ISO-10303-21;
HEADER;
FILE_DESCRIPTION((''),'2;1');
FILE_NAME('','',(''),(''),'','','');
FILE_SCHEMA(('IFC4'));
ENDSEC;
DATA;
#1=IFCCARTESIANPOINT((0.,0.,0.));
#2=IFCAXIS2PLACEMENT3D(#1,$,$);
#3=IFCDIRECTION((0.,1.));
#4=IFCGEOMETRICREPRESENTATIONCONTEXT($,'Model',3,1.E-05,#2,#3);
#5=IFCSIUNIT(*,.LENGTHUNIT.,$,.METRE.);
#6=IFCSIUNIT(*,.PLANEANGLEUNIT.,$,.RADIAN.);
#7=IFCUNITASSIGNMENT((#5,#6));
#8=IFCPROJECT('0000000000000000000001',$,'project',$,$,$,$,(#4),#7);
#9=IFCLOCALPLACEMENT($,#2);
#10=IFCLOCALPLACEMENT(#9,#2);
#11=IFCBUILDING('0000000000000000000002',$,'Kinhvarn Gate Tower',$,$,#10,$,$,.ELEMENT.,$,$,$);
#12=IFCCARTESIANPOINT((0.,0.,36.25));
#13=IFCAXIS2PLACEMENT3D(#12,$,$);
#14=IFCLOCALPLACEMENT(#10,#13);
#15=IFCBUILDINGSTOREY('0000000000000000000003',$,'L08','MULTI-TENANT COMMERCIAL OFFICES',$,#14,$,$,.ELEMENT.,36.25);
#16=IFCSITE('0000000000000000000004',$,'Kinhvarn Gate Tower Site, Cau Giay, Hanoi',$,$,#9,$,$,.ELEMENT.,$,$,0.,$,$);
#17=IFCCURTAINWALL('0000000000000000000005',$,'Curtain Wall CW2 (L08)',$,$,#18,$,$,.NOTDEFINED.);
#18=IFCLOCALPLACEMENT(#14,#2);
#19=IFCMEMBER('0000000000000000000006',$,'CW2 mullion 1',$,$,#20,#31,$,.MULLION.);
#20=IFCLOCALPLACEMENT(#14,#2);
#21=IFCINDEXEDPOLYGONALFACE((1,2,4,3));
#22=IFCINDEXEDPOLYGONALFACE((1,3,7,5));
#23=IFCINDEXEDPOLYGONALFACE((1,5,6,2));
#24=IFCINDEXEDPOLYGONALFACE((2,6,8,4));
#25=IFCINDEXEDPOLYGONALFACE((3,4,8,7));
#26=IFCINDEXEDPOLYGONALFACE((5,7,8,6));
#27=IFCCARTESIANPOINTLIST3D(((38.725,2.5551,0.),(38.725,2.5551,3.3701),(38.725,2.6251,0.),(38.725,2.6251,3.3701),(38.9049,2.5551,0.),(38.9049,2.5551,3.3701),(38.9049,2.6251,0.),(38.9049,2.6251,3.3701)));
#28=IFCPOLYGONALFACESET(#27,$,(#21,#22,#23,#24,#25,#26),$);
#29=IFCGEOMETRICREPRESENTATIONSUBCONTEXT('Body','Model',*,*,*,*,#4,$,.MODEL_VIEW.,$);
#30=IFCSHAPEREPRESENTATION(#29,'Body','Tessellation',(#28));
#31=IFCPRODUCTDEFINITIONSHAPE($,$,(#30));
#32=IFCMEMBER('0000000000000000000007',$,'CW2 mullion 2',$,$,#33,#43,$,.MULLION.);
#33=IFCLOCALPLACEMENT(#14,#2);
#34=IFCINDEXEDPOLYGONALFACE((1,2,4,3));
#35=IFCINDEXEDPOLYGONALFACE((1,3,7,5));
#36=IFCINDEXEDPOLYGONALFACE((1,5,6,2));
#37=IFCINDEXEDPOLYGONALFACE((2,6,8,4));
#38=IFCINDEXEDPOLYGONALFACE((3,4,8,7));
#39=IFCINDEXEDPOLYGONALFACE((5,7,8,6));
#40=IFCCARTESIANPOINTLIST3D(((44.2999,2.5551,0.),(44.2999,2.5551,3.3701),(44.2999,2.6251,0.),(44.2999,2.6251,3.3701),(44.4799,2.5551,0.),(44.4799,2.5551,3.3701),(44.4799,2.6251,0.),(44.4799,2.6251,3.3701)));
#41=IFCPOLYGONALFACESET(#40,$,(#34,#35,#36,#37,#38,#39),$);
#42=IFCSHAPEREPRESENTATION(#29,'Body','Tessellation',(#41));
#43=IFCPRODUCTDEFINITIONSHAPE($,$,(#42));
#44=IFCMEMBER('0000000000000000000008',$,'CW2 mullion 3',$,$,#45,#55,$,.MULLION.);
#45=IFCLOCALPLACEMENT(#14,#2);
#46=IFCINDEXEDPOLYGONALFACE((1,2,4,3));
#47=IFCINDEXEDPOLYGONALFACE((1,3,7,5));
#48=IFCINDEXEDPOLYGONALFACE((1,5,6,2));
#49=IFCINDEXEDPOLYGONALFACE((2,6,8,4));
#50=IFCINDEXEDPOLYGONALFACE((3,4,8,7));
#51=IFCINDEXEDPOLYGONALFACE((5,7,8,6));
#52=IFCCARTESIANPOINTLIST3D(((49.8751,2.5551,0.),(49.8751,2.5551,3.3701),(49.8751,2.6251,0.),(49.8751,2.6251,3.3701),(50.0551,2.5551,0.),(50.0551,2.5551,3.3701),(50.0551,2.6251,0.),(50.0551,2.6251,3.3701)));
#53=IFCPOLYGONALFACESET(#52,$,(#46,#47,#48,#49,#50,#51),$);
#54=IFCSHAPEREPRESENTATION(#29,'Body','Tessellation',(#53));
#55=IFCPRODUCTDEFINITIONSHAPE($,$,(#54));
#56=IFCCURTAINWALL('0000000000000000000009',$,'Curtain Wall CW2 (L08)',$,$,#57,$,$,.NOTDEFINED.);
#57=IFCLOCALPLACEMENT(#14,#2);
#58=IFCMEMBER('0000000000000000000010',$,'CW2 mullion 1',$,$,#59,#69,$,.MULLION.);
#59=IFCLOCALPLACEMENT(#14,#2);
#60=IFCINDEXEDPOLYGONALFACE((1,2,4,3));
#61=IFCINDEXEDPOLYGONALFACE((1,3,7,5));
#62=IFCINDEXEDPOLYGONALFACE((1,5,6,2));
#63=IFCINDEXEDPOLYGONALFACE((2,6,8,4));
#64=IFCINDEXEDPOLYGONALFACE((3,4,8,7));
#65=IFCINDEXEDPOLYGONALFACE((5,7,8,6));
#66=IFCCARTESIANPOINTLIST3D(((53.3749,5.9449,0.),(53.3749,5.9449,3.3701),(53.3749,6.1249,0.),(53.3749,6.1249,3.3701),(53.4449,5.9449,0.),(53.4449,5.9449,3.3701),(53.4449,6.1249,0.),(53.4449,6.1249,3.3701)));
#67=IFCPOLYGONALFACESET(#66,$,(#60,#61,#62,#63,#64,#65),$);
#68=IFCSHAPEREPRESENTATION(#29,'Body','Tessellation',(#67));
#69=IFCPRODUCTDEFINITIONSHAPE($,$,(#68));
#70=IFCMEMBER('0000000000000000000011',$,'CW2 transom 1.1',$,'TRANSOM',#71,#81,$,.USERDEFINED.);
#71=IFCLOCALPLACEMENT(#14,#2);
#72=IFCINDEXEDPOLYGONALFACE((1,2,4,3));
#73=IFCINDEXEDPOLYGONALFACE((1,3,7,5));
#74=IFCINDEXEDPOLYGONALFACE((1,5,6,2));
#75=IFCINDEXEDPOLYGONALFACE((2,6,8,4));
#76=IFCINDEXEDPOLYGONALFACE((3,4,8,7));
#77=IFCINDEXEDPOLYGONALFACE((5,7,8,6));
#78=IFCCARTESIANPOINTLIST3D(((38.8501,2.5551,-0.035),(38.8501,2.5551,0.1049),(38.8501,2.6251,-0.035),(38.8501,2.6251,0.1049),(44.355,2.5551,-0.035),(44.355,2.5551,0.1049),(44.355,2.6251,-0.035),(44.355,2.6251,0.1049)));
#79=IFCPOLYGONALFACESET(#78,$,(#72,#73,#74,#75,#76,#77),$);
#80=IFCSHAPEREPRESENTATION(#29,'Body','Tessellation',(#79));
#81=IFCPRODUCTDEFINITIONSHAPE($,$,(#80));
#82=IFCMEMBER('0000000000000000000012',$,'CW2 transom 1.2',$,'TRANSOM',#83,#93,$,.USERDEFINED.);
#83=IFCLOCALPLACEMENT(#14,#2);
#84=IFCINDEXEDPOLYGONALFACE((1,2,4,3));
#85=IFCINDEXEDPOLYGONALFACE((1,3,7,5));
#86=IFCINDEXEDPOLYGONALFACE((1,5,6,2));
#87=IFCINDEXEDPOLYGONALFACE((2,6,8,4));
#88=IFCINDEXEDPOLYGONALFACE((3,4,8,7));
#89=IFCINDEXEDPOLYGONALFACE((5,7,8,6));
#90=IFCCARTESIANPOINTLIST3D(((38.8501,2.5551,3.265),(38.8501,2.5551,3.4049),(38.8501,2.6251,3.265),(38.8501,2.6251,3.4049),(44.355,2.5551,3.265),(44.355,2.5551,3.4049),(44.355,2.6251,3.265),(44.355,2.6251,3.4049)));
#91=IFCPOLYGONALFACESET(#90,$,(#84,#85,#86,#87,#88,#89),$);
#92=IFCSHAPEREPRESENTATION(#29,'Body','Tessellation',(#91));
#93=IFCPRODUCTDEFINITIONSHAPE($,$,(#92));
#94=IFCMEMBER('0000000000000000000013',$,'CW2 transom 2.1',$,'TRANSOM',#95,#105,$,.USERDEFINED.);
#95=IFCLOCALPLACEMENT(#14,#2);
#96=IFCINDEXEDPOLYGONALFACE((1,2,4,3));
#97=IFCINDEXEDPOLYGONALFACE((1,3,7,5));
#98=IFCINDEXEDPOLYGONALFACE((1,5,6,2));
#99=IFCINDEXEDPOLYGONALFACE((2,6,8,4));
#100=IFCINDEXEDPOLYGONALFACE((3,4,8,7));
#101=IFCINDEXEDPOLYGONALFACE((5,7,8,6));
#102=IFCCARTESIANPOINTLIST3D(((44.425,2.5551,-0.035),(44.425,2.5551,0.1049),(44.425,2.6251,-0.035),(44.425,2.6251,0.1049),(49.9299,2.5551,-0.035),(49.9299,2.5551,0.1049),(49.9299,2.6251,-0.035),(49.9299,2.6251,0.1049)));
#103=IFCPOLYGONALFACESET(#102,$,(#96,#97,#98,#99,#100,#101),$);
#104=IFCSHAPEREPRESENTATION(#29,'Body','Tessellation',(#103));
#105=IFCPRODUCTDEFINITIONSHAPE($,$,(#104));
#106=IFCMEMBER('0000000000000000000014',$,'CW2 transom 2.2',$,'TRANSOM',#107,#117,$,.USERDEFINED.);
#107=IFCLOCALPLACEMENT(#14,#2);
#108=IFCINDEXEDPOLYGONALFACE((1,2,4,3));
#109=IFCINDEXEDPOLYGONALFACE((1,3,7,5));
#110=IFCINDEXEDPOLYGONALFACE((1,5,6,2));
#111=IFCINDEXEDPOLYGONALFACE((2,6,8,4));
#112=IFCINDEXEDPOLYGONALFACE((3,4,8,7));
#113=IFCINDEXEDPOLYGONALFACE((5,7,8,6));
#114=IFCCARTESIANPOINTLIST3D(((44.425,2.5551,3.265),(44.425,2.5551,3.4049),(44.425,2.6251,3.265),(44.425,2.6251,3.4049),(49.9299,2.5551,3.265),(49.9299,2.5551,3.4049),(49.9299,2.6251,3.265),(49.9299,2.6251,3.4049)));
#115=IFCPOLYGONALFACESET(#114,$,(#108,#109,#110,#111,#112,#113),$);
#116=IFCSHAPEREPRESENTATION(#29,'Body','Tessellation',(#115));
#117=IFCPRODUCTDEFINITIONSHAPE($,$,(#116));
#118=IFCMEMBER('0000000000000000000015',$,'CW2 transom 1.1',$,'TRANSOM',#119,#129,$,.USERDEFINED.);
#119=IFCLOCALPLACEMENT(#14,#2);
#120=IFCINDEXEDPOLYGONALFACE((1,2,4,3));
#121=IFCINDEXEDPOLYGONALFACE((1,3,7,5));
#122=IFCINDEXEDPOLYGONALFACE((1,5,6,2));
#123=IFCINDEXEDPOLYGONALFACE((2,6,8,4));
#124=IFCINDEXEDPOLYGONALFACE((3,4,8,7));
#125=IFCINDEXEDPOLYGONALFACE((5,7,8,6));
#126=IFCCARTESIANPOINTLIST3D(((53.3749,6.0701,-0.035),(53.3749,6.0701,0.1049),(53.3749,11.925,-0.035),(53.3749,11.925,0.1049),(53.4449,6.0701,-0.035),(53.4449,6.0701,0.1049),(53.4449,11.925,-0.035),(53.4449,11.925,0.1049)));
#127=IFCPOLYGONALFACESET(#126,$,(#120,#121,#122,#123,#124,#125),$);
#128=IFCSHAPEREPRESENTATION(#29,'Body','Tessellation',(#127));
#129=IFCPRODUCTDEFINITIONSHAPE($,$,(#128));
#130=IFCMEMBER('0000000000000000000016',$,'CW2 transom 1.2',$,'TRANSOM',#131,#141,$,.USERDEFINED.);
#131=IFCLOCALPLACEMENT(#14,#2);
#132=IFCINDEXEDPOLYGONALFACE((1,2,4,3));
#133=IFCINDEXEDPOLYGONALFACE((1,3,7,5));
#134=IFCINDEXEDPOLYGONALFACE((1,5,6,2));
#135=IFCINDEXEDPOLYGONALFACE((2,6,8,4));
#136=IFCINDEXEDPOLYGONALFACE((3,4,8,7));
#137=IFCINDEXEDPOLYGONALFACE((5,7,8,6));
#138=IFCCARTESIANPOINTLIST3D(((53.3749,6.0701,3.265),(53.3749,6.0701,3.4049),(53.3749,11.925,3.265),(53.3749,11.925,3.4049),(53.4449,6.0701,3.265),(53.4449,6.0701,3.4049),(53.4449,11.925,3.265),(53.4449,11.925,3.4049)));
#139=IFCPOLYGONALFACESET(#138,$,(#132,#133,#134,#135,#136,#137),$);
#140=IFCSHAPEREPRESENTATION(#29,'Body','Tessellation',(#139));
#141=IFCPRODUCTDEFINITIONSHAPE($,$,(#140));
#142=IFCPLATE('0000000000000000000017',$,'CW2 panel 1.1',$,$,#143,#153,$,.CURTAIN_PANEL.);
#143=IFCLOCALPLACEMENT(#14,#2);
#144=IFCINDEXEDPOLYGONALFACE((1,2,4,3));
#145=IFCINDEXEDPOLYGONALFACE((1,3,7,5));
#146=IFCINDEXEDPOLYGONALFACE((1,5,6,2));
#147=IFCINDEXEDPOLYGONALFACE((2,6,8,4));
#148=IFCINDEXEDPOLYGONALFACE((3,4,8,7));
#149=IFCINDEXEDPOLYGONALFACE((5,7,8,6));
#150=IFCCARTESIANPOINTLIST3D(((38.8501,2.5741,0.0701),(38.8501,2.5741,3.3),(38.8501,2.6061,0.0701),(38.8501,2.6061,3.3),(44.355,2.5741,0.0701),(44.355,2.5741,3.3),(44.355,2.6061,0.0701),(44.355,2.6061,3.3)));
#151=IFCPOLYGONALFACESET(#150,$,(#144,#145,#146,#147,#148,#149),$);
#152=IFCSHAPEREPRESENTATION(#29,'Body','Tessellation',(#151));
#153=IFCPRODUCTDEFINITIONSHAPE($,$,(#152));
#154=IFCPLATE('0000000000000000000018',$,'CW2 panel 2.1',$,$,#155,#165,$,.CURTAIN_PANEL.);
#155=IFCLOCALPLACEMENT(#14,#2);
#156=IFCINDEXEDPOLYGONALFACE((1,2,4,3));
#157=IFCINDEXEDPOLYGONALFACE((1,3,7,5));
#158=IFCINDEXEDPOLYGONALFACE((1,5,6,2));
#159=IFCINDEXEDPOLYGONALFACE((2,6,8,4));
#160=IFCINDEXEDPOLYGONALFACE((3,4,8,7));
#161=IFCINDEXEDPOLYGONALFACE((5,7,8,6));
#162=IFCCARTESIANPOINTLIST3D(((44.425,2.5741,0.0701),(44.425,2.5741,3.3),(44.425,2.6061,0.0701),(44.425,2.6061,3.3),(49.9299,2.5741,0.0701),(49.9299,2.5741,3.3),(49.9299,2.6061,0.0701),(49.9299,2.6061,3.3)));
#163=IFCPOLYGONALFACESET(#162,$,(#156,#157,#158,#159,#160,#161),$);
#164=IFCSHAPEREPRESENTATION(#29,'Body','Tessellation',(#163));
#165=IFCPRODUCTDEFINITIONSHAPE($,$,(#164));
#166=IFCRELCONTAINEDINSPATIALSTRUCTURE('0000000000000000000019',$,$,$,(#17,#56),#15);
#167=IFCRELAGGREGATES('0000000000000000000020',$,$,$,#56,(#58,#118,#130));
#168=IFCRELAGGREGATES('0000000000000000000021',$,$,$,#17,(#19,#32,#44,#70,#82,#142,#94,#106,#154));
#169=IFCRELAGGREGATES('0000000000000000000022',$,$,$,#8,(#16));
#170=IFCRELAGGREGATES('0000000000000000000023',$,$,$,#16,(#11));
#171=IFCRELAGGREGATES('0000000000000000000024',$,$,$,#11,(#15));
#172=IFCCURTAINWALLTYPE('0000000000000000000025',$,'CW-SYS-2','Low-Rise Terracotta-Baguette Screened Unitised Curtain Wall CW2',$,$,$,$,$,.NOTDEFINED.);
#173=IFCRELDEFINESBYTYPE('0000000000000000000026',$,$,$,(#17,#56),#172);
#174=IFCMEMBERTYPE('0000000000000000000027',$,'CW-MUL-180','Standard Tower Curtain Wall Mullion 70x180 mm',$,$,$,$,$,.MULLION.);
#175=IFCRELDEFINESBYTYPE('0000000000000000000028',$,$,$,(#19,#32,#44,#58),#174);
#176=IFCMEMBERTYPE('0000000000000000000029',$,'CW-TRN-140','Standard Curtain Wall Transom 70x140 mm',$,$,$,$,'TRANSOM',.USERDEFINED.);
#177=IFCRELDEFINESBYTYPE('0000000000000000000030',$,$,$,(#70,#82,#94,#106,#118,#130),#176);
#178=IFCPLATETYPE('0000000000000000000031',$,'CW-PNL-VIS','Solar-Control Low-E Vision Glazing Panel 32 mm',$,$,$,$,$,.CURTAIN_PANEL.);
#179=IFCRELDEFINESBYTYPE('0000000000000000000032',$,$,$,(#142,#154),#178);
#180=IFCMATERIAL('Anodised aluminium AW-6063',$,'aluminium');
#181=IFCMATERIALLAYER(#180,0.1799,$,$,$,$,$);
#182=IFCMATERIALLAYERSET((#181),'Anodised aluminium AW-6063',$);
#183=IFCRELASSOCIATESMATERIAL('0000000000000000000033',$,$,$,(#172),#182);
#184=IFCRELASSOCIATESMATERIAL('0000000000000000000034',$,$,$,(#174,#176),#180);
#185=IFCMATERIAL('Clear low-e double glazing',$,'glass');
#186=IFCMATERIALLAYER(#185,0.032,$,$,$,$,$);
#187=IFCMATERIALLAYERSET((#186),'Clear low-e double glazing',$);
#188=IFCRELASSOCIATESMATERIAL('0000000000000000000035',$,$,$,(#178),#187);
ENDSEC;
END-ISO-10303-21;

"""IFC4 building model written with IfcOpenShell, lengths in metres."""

from ifc_helpers import new_model, si_unit, direction, frame, origin, origin_2d, place, context, subcontext, project, spatial, rectangle, extrude, material, layer, layer_set, material_profile, profile_set, type_object, element, aggregate, save


model = new_model("IFC4")

# Units and contexts
model_context = context("Model", 3, precision=1e-05, world=origin(), true_north=direction((0.0, 1.0)))
body_context = subcontext(model_context, "Body", "Model", "MODEL_VIEW")
ifc_project = project(units=[si_unit("LENGTHUNIT", "METRE"), si_unit("PLANEANGLEUNIT", "RADIAN")], contexts=[model_context])

# Site, building, storey
site_placement = place(None, origin())
site = spatial("IfcSite", under=ifc_project, at=site_placement, Name="Kinhvarn Gate Tower Site, Cau Giay, Hanoi", CompositionType="ELEMENT", RefElevation=0.0)
building_placement = place(site_placement, origin())
building = spatial("IfcBuilding", under=site, at=building_placement, Name="Kinhvarn Gate Tower", CompositionType="ELEMENT")
storey_placement = place(building_placement, frame((0.0, 0.0, 36.25)))
storey = spatial("IfcBuildingStorey", under=building, at=storey_placement, Name="L08", Description="MULTI-TENANT COMMERCIAL OFFICES", CompositionType="ELEMENT", Elevation=36.25)

# Curtain wall, members
ifc_material_1 = material(Name="Anodised aluminium AW-6063", Category="aluminium")
ifc_layer_1 = layer(ifc_material_1, 0.1799)
ifc_layer_set_1 = layer_set([ifc_layer_1], Name="Anodised aluminium AW-6063")
curtain_wall_type = type_object("IfcCurtainWallType", Name="CW-SYS-2", Description="Low-Rise Terracotta-Baguette Screened Unitised Curtain Wall CW2", PredefinedType="NOTDEFINED", material=ifc_layer_set_1)
curtain_wall_1_placement = place(storey_placement, origin())
curtain_wall_1 = element("IfcCurtainWall", 1, at=curtain_wall_1_placement, inside=storey, type_object=curtain_wall_type, Name="Curtain Wall CW2 (L08)", PredefinedType="NOTDEFINED")
ifc_material_profile_1 = material_profile(ifc_material_1, rectangle(XDim=0.0701, YDim=0.1799, at=origin_2d()), Name="ALU 70x180")
ifc_profile_set_1 = profile_set([ifc_material_profile_1], Name="Anodised aluminium AW-6063")
member_type_1 = type_object("IfcMemberType", Name="CW-MUL-180", Description="Standard Tower Curtain Wall Mullion 70x180 mm", PredefinedType="MULLION", material=ifc_profile_set_1)
member_1_placement = place(storey_placement, frame((38.8149, 2.5901, 0.0), z_axis=(0.0, 0.0, 1.0), x_axis=(0.0, 1.0, 0.0)))
member_1 = element("IfcMember", 2, at=member_1_placement, type_object=member_type_1, Name="CW2 mullion 1", PredefinedType="MULLION", context=body_context, shape_type="SweptSolid", body=[
    extrude(rectangle(XDim=0.0701, YDim=0.1799, at=origin_2d()), origin(), (0.0, 0.0, 1.0), 3.3701),
])
member_2_placement = place(storey_placement, frame((44.3899, 2.5901, 0.0), z_axis=(0.0, 0.0, 1.0), x_axis=(0.0, 1.0, 0.0)))
member_2 = element("IfcMember", 3, at=member_2_placement, type_object=member_type_1, Name="CW2 mullion 2", PredefinedType="MULLION", context=body_context, shape_type="SweptSolid", body=[
    extrude(rectangle(XDim=0.0701, YDim=0.1799, at=origin_2d()), origin(), (0.0, 0.0, 1.0), 3.3701),
])
member_3_placement = place(storey_placement, frame((49.9651, 2.5901, 0.0), z_axis=(0.0, 0.0, 1.0), x_axis=(0.0, 1.0, 0.0)))
member_3 = element("IfcMember", 4, at=member_3_placement, type_object=member_type_1, Name="CW2 mullion 3", PredefinedType="MULLION", context=body_context, shape_type="SweptSolid", body=[
    extrude(rectangle(XDim=0.0701, YDim=0.1799, at=origin_2d()), origin(), (0.0, 0.0, 1.0), 3.3701),
])

# Curtain wall, member
curtain_wall_2_placement = place(storey_placement, origin())
curtain_wall_2 = element("IfcCurtainWall", 5, at=curtain_wall_2_placement, inside=storey, type_object=curtain_wall_type, Name="Curtain Wall CW2 (L08)", PredefinedType="NOTDEFINED")
member_4_placement = place(storey_placement, frame((53.4099, 6.0349, 0.0), z_axis=(0.0, 0.0, 1.0), x_axis=(-1.0, 0.0, 0.0)))
member_4 = element("IfcMember", 6, at=member_4_placement, type_object=member_type_1, Name="CW2 mullion 1", PredefinedType="MULLION", context=body_context, shape_type="SweptSolid", body=[
    extrude(rectangle(XDim=0.0701, YDim=0.1799, at=origin_2d()), origin(), (0.0, 0.0, 1.0), 3.3701),
])

# Members
ifc_material_profile_2 = material_profile(ifc_material_1, rectangle(XDim=0.0701, YDim=0.1399, at=origin_2d()), Name="ALU 70x140")
ifc_profile_set_2 = profile_set([ifc_material_profile_2], Name="Anodised aluminium AW-6063")
member_type_2 = type_object("IfcMemberType", Name="CW-TRN-140", Description="Standard Curtain Wall Transom 70x140 mm", ElementType="TRANSOM", PredefinedType="USERDEFINED", material=ifc_profile_set_2)
member_5_placement = place(storey_placement, frame((38.8501, 2.5901, 0.0349), z_axis=(1.0, 0.0, 0.0), x_axis=(0.0, 1.0, 0.0)))
member_5 = element("IfcMember", 7, at=member_5_placement, type_object=member_type_2, Name="CW2 transom 1.1", ObjectType="TRANSOM", PredefinedType="USERDEFINED", context=body_context, shape_type="SweptSolid", body=[
    extrude(rectangle(XDim=0.0701, YDim=0.1399, at=origin_2d()), origin(), (0.0, 0.0, 1.0), 5.5049),
])
member_6_placement = place(storey_placement, frame((38.8501, 2.5901, 3.335), z_axis=(1.0, 0.0, 0.0), x_axis=(0.0, 1.0, 0.0)))
member_6 = element("IfcMember", 8, at=member_6_placement, type_object=member_type_2, Name="CW2 transom 1.2", ObjectType="TRANSOM", PredefinedType="USERDEFINED", context=body_context, shape_type="SweptSolid", body=[
    extrude(rectangle(XDim=0.0701, YDim=0.1399, at=origin_2d()), origin(), (0.0, 0.0, 1.0), 5.5049),
])
member_7_placement = place(storey_placement, frame((44.425, 2.5901, 0.0349), z_axis=(1.0, 0.0, 0.0), x_axis=(0.0, 1.0, 0.0)))
member_7 = element("IfcMember", 9, at=member_7_placement, type_object=member_type_2, Name="CW2 transom 2.1", ObjectType="TRANSOM", PredefinedType="USERDEFINED", context=body_context, shape_type="SweptSolid", body=[
    extrude(rectangle(XDim=0.0701, YDim=0.1399, at=origin_2d()), origin(), (0.0, 0.0, 1.0), 5.5049),
])
member_8_placement = place(storey_placement, frame((44.425, 2.5901, 3.335), z_axis=(1.0, 0.0, 0.0), x_axis=(0.0, 1.0, 0.0)))
member_8 = element("IfcMember", 10, at=member_8_placement, type_object=member_type_2, Name="CW2 transom 2.2", ObjectType="TRANSOM", PredefinedType="USERDEFINED", context=body_context, shape_type="SweptSolid", body=[
    extrude(rectangle(XDim=0.0701, YDim=0.1399, at=origin_2d()), origin(), (0.0, 0.0, 1.0), 5.5049),
])
member_9_placement = place(storey_placement, frame((53.4099, 6.0701, 0.0349), z_axis=(0.0, 1.0, 0.0), x_axis=(-1.0, 0.0, 0.0)))
member_9 = element("IfcMember", 11, at=member_9_placement, type_object=member_type_2, Name="CW2 transom 1.1", ObjectType="TRANSOM", PredefinedType="USERDEFINED", context=body_context, shape_type="SweptSolid", body=[
    extrude(rectangle(XDim=0.0701, YDim=0.1399, at=origin_2d()), origin(), (0.0, 0.0, 1.0), 5.855),
])
member_10_placement = place(storey_placement, frame((53.4099, 6.0701, 3.335), z_axis=(0.0, 1.0, 0.0), x_axis=(-1.0, 0.0, 0.0)))
member_10 = element("IfcMember", 12, at=member_10_placement, type_object=member_type_2, Name="CW2 transom 1.2", ObjectType="TRANSOM", PredefinedType="USERDEFINED", context=body_context, shape_type="SweptSolid", body=[
    extrude(rectangle(XDim=0.0701, YDim=0.1399, at=origin_2d()), origin(), (0.0, 0.0, 1.0), 5.855),
])
aggregate(curtain_wall_2, [member_4, member_9, member_10])

# Plates
ifc_material_2 = material(Name="Clear low-e double glazing", Category="glass")
ifc_layer_2 = layer(ifc_material_2, 0.032)
ifc_layer_set_2 = layer_set([ifc_layer_2], Name="Clear low-e double glazing")
plate_type = type_object("IfcPlateType", Name="CW-PNL-VIS", Description="Solar-Control Low-E Vision Glazing Panel 32 mm", PredefinedType="CURTAIN_PANEL", material=ifc_layer_set_2)
plate_1_placement = place(storey_placement, frame((41.6025, 2.5901, 0.0701), z_axis=(0.0, 0.0, 1.0), x_axis=(1.0, 0.0, 0.0)))
plate_1 = element("IfcPlate", 13, at=plate_1_placement, type_object=plate_type, Name="CW2 panel 1.1", PredefinedType="CURTAIN_PANEL", context=body_context, shape_type="SweptSolid", body=[
    extrude(rectangle(XDim=5.5049, YDim=0.032, at=origin_2d()), origin(), (0.0, 0.0, 1.0), 3.23),
])
plate_2_placement = place(storey_placement, frame((47.1775, 2.5901, 0.0701), z_axis=(0.0, 0.0, 1.0), x_axis=(1.0, 0.0, 0.0)))
plate_2 = element("IfcPlate", 14, at=plate_2_placement, type_object=plate_type, Name="CW2 panel 2.1", PredefinedType="CURTAIN_PANEL", context=body_context, shape_type="SweptSolid", body=[
    extrude(rectangle(XDim=5.5049, YDim=0.032, at=origin_2d()), origin(), (0.0, 0.0, 1.0), 3.23),
])
aggregate(curtain_wall_1, [member_1, member_2, member_3, member_5, member_6, plate_1, member_7, member_8, plate_2])

save(model, "model.ifc")
